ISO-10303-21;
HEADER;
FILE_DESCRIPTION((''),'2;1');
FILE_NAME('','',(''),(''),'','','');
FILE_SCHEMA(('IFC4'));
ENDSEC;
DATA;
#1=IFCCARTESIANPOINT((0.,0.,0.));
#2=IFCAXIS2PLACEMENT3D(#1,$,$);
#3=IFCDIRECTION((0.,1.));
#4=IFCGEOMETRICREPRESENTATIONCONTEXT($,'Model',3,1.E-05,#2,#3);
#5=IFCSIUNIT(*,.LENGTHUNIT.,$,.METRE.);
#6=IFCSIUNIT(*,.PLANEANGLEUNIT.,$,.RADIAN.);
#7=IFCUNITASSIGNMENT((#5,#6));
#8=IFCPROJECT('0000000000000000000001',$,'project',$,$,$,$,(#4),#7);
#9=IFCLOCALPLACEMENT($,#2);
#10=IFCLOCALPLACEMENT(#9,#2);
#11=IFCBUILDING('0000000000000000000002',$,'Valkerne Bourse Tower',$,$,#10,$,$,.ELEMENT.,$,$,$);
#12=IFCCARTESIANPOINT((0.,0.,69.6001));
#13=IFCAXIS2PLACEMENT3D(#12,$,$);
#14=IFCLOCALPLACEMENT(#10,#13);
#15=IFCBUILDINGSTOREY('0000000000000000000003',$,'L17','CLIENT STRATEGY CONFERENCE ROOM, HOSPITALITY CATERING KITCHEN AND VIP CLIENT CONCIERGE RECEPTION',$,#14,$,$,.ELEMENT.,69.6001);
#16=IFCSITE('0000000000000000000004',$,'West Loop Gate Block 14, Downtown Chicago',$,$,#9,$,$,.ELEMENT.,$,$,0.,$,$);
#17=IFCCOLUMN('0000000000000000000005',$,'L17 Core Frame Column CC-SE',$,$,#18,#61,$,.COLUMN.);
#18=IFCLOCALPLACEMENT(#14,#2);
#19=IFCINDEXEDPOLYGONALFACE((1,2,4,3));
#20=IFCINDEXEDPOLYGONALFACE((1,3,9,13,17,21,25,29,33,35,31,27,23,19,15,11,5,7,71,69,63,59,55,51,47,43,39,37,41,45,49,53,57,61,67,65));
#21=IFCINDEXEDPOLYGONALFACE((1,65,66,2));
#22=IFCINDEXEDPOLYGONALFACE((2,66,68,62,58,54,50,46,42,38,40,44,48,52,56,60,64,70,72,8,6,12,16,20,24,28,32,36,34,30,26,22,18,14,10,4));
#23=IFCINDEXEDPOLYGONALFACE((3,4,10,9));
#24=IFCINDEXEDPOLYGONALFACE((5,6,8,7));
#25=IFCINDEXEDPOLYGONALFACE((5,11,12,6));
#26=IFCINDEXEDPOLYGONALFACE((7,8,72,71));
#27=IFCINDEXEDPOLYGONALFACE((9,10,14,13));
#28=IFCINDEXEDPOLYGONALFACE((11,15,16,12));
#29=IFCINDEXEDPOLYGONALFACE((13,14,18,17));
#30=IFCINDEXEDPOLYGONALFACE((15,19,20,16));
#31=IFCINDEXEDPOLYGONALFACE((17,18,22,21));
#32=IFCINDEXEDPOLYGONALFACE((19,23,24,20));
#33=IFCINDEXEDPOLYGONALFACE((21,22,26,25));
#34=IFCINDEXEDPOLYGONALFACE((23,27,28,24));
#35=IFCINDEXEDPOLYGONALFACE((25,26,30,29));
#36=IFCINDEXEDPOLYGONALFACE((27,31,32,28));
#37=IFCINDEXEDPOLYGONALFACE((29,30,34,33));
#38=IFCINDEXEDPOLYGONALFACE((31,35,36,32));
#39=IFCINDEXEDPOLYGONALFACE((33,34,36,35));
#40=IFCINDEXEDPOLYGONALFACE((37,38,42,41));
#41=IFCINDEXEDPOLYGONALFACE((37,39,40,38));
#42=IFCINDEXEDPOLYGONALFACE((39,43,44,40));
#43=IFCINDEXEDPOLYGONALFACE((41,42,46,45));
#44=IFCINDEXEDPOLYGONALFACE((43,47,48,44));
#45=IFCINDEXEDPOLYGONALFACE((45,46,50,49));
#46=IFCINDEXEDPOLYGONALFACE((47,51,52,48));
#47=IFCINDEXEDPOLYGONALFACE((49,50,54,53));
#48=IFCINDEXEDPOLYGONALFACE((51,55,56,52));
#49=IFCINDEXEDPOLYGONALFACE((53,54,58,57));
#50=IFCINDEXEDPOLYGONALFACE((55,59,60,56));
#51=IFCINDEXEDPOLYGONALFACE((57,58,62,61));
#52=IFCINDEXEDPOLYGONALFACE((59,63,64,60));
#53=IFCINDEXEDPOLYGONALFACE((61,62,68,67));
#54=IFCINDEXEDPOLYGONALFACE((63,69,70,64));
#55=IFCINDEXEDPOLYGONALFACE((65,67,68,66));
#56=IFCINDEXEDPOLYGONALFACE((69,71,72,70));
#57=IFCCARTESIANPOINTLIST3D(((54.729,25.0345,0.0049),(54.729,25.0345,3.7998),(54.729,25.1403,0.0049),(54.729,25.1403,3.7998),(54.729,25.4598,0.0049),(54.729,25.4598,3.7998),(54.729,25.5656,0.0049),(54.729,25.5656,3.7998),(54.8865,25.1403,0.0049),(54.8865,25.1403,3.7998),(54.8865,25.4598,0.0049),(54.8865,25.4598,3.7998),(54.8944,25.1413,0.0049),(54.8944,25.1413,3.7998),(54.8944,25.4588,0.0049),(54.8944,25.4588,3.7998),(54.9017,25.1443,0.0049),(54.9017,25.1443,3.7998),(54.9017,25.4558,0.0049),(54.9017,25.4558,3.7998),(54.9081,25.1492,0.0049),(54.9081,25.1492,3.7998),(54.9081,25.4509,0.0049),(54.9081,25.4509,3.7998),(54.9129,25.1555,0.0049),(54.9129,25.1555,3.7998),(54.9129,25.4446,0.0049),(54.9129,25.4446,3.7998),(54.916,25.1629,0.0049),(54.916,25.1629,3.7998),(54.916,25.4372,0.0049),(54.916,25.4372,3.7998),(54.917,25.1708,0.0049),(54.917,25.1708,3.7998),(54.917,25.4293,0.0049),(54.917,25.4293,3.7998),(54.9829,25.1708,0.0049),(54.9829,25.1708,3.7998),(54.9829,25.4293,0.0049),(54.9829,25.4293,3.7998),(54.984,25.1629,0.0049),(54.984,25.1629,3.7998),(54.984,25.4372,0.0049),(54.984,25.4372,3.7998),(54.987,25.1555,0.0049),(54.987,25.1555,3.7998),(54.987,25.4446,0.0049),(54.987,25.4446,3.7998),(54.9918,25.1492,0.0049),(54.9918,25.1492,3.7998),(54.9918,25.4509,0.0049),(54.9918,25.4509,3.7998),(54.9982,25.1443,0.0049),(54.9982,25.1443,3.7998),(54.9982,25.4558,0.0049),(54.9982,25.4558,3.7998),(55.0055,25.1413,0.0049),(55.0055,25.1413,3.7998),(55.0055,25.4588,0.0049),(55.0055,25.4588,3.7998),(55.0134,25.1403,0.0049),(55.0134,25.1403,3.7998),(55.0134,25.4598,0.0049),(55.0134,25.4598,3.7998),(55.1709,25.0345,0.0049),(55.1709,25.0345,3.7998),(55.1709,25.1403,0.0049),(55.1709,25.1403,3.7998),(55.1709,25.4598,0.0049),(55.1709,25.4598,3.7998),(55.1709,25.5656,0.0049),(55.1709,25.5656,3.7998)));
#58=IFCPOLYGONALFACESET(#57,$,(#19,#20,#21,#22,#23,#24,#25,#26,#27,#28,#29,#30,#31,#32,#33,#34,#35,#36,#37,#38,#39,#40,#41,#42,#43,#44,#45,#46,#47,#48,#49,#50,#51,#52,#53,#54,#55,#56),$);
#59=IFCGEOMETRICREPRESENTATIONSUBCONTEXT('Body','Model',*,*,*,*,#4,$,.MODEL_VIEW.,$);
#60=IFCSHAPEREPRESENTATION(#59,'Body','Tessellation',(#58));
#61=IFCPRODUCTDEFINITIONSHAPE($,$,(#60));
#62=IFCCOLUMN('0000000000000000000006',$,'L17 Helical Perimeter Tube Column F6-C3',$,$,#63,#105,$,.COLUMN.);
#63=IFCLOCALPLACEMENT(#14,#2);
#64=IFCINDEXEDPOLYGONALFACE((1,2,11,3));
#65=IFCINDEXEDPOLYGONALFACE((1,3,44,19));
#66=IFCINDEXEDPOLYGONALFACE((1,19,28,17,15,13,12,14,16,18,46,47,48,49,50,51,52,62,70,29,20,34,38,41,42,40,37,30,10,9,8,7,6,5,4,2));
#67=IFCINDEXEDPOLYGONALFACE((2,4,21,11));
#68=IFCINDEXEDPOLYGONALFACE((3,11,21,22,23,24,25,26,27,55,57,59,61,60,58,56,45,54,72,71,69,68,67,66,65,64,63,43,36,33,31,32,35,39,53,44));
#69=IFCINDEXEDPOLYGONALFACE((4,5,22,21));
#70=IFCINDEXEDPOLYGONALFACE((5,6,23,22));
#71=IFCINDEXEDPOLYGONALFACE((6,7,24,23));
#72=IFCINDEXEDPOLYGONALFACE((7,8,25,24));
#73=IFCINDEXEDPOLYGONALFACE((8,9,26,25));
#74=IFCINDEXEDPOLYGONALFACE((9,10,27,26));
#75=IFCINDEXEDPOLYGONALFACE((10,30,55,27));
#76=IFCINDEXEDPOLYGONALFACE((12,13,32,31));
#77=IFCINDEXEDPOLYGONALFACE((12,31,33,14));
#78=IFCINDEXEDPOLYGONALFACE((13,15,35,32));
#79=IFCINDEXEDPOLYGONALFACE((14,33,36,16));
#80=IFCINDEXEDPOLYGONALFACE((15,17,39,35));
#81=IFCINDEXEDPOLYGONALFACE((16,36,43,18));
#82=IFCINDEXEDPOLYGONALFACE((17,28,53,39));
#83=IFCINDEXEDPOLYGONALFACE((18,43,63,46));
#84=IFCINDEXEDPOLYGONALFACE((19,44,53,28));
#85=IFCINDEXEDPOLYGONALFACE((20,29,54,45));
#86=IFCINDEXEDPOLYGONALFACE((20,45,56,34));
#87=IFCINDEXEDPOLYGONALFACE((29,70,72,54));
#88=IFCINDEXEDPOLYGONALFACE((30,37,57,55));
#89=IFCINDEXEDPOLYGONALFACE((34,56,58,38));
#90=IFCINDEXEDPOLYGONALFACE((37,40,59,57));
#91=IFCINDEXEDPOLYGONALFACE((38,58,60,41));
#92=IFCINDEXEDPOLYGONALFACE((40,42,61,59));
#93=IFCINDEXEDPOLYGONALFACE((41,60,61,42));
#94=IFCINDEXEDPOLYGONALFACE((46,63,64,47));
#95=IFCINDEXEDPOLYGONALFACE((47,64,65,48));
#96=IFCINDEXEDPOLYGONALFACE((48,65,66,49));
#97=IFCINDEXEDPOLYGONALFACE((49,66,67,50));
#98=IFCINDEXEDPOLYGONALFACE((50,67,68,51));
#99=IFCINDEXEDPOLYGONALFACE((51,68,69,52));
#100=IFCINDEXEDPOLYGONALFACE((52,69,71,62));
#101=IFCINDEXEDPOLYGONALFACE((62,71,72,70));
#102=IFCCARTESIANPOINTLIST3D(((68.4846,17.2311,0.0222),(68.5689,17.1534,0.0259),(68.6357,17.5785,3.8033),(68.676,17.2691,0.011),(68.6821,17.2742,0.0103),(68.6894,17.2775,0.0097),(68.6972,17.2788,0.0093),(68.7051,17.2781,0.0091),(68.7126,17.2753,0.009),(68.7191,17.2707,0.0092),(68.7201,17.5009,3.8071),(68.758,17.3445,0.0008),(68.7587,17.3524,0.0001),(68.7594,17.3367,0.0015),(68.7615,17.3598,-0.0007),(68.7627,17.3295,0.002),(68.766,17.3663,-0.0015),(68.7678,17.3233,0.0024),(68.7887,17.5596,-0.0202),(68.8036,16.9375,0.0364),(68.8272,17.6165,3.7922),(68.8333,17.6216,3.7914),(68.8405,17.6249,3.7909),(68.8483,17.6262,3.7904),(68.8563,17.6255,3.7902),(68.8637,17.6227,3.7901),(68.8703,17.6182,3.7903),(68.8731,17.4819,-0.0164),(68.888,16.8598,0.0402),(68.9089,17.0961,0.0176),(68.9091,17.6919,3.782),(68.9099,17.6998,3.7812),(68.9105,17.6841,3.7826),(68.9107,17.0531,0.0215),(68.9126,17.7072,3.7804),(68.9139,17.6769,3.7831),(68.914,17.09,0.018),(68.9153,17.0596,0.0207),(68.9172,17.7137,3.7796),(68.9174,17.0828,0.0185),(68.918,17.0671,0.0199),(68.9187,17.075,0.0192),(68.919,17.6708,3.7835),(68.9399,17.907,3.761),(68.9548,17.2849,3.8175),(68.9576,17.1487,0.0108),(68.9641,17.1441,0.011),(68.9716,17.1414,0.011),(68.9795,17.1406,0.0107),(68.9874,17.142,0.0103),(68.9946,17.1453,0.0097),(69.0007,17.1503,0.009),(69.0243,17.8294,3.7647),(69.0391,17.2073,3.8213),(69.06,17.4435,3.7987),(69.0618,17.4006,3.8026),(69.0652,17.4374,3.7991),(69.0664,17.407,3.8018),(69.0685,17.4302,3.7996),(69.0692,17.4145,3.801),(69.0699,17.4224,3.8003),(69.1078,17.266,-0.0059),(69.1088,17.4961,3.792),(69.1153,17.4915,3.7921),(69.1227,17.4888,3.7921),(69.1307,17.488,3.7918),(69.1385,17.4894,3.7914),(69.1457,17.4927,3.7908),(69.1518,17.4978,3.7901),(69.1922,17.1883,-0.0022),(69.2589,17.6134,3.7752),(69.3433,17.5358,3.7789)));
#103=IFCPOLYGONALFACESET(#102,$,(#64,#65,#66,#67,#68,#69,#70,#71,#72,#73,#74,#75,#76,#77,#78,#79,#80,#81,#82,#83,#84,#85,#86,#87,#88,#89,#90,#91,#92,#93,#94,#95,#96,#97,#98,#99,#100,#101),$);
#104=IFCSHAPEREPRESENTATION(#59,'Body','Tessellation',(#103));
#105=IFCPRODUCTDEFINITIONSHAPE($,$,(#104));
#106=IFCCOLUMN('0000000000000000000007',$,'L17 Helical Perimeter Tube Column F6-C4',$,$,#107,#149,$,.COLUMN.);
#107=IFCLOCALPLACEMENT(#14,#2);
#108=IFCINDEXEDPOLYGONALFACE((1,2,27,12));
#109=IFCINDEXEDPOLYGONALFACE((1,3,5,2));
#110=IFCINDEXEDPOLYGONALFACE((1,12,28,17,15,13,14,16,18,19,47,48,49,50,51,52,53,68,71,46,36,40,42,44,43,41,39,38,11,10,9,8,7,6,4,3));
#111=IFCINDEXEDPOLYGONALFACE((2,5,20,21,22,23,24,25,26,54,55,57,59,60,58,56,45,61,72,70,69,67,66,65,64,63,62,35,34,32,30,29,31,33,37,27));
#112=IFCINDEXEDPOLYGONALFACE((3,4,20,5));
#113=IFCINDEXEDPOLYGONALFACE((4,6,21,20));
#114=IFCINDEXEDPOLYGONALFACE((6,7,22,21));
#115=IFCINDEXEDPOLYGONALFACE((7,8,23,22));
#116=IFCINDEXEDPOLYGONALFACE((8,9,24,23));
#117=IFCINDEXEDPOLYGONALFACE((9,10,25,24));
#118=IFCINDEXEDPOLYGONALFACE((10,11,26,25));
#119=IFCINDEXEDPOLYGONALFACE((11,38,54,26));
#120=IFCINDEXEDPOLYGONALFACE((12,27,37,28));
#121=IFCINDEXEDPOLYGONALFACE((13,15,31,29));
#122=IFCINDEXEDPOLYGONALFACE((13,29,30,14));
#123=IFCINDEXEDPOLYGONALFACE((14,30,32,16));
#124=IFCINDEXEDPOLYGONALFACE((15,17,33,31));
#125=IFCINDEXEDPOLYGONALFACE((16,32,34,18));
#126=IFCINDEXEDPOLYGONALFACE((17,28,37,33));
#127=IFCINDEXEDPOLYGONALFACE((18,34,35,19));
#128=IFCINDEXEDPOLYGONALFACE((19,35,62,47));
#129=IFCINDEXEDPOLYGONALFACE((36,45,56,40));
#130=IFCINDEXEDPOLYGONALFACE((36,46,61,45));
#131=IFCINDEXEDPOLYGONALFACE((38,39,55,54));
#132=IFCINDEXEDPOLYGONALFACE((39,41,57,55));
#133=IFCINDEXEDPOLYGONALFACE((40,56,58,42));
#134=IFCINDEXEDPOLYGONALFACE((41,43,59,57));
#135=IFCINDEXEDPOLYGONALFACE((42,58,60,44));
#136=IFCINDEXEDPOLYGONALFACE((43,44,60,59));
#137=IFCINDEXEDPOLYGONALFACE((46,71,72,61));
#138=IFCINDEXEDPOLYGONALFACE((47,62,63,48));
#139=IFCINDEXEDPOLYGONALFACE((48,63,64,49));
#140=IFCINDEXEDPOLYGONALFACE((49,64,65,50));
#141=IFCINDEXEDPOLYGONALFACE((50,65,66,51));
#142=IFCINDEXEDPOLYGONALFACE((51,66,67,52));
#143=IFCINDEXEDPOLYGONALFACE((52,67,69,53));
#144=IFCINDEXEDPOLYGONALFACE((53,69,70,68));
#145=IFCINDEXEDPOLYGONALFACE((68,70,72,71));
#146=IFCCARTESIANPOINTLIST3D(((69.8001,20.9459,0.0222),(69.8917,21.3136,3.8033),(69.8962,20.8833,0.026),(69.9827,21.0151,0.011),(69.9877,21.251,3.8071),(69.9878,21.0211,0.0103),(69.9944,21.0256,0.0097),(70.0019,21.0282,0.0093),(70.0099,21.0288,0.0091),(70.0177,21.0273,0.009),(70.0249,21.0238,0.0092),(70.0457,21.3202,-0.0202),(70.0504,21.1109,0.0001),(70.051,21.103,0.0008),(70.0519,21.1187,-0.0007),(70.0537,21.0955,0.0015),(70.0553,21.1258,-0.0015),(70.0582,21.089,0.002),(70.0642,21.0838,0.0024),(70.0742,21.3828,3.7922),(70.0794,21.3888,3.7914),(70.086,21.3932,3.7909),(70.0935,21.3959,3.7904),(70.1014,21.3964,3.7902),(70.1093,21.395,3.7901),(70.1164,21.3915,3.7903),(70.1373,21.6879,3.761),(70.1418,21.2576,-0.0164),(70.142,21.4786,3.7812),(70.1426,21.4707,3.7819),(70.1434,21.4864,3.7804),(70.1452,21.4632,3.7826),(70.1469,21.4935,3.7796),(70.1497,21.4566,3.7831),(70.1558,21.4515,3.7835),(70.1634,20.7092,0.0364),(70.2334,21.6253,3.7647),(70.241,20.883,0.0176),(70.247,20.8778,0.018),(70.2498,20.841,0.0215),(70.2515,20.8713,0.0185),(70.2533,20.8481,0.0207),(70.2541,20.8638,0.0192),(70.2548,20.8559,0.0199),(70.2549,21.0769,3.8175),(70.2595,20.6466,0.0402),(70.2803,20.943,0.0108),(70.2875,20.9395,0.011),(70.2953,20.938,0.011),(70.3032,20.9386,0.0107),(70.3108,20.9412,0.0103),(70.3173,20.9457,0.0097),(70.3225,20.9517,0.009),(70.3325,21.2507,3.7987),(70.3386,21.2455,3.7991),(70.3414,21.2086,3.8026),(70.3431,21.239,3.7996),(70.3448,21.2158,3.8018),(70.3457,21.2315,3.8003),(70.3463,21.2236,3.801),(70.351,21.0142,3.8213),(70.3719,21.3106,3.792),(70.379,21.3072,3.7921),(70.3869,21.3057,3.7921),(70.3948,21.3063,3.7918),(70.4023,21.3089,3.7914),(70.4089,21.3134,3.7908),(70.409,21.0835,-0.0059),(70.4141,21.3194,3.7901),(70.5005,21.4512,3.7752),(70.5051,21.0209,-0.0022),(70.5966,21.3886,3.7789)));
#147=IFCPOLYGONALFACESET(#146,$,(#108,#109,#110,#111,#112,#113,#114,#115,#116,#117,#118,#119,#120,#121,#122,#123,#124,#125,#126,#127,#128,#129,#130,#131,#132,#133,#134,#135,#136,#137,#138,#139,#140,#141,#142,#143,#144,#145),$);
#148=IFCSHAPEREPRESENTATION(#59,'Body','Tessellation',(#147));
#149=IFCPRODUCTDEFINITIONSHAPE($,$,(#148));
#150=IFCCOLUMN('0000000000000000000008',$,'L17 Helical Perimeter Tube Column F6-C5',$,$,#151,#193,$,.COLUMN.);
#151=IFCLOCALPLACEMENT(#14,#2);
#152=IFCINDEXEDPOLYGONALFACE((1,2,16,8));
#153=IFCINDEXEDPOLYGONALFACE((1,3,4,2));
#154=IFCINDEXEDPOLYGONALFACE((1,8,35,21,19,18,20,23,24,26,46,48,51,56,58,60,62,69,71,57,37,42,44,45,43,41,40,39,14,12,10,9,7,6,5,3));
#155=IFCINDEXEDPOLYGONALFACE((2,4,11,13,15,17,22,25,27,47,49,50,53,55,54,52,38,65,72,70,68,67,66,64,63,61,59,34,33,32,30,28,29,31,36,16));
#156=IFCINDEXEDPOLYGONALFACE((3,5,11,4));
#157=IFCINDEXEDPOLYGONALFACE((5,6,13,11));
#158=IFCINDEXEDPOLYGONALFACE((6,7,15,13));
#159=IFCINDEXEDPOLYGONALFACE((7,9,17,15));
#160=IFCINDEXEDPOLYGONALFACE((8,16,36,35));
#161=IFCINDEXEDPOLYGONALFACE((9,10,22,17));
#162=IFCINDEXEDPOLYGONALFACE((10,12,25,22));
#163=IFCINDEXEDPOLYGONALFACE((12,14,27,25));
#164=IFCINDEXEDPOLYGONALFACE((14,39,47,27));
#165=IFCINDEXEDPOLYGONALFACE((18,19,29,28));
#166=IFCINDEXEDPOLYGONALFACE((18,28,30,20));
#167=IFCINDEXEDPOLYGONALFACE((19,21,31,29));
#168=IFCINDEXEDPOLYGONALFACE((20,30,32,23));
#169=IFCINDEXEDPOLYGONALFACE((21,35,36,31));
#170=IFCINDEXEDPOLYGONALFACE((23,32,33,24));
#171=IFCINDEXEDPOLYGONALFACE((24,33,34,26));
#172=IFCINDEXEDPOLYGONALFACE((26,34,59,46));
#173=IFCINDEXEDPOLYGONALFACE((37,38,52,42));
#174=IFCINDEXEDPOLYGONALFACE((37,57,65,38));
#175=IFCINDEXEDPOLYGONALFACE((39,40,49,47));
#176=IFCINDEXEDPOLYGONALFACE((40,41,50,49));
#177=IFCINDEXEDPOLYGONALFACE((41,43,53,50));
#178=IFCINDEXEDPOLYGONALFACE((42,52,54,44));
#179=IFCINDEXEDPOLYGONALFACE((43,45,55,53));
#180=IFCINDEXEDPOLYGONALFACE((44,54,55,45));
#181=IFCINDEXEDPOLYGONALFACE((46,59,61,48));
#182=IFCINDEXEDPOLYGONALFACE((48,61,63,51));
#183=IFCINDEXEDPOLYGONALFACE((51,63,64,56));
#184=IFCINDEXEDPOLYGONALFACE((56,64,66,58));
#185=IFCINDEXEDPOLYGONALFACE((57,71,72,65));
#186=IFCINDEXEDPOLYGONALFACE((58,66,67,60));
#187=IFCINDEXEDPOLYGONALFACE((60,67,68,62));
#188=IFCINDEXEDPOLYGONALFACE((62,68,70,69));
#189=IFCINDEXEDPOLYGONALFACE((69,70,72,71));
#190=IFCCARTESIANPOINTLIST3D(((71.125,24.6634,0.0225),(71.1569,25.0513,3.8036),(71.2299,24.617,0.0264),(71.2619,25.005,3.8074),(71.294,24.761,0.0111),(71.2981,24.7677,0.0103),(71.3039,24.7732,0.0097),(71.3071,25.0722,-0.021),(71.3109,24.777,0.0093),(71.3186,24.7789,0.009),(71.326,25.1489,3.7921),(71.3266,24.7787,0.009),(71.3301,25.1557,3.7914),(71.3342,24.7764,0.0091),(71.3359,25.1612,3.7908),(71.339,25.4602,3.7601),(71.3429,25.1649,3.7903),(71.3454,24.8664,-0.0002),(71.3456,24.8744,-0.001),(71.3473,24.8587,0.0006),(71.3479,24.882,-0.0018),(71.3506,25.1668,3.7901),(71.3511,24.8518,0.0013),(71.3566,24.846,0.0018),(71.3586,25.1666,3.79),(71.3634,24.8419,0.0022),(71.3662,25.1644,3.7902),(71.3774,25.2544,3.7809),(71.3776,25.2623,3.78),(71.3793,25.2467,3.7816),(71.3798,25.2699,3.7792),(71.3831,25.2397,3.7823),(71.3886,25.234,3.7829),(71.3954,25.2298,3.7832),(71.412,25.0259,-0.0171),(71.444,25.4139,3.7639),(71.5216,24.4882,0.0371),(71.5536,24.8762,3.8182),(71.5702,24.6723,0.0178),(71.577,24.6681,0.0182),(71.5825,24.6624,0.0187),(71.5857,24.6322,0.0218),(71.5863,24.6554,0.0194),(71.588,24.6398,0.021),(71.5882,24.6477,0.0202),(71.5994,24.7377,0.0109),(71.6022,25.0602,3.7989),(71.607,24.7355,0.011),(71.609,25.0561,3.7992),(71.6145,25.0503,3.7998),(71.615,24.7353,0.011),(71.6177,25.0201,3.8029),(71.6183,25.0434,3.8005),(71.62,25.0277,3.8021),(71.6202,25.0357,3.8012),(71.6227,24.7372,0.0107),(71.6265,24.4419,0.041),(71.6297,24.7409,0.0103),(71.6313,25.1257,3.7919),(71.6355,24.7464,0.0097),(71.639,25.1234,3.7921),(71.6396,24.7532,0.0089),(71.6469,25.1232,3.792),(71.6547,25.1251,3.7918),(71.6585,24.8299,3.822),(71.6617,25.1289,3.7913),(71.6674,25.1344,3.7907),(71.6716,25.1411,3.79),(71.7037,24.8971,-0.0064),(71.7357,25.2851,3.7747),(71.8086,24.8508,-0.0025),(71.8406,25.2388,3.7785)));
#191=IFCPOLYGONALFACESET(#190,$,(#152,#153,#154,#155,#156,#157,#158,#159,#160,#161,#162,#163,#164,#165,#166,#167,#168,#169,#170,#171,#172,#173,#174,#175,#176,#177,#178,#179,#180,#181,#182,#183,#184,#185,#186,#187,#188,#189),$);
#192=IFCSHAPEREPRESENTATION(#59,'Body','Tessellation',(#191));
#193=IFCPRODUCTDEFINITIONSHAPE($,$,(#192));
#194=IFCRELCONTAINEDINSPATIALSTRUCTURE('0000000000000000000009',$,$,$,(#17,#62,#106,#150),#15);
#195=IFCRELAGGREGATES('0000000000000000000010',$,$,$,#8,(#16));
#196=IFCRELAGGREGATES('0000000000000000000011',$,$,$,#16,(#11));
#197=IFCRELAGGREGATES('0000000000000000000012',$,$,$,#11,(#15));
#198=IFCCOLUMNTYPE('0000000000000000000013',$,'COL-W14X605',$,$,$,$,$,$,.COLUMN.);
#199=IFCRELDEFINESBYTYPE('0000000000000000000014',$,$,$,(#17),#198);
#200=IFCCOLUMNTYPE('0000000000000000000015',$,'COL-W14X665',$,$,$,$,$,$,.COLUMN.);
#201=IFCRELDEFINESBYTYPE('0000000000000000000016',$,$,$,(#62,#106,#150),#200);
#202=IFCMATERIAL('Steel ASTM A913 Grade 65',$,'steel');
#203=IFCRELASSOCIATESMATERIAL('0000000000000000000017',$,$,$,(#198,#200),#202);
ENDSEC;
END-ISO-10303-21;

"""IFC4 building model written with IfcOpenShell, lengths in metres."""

from ifc_helpers import new_model, si_unit, direction, frame, origin, origin_2d, place, context, subcontext, project, spatial, i_section, extrude, material, material_profile, profile_set, type_object, element, save


model = new_model("IFC4")

# Units and contexts
model_context = context("Model", 3, precision=1e-05, world=origin(), true_north=direction((0.0, 1.0)))
body_context = subcontext(model_context, "Body", "Model", "MODEL_VIEW")
ifc_project = project(units=[si_unit("LENGTHUNIT", "METRE"), si_unit("PLANEANGLEUNIT", "RADIAN")], contexts=[model_context])

# Site, building, storey
site_placement = place(None, origin())
site = spatial("IfcSite", under=ifc_project, at=site_placement, Name="West Loop Gate Block 14, Downtown Chicago", CompositionType="ELEMENT", RefElevation=0.0)
building_placement = place(site_placement, origin())
building = spatial("IfcBuilding", under=site, at=building_placement, Name="Valkerne Bourse Tower", CompositionType="ELEMENT")
storey_placement = place(building_placement, frame((0.0, 0.0, 69.6001)))
storey = spatial("IfcBuildingStorey", under=building, at=storey_placement, Name="L17", Description="CLIENT STRATEGY CONFERENCE ROOM, HOSPITALITY CATERING KITCHEN AND VIP CLIENT CONCIERGE RECEPTION", CompositionType="ELEMENT", Elevation=69.6001)

# Columns
ifc_material_1 = material(Name="Steel ASTM A913 Grade 65", Category="steel")
ifc_material_profile_1 = material_profile(ifc_material_1, i_section(OverallWidth=0.4419, OverallDepth=0.531, WebThickness=0.0659, FlangeThickness=0.1057, FilletRadius=0.0305, at=origin_2d()), Name="W14X605")
ifc_profile_set_1 = profile_set([ifc_material_profile_1], Name="Steel ASTM A913 Grade 65")
column_type_1 = type_object("IfcColumnType", Name="COL-W14X605", PredefinedType="COLUMN", material=ifc_profile_set_1)
column_1_placement = place(storey_placement, frame((54.95, 25.3, 0.0049), z_axis=(0.0, 0.0, 1.0), x_axis=(1.0, 0.0, 0.0)))
element("IfcColumn", 1, at=column_1_placement, inside=storey, type_object=column_type_1, Name="L17 Core Frame Column CC-SE", PredefinedType="COLUMN", context=body_context, shape_type="SweptSolid", body=[
    extrude(i_section(OverallWidth=0.4419, OverallDepth=0.531, WebThickness=0.0659, FlangeThickness=0.1057, FilletRadius=0.0305, at=origin_2d()), origin(), (0.0, 0.0, 1.0), 3.7949),
])
ifc_material_profile_2 = material_profile(ifc_material_1, i_section(OverallWidth=0.4497, OverallDepth=0.5486, WebThickness=0.072, FlangeThickness=0.1147, FilletRadius=0.0305, at=origin_2d()), Name="W14X665")
ifc_profile_set_2 = profile_set([ifc_material_profile_2], Name="Steel ASTM A913 Grade 65")
column_type_2 = type_object("IfcColumnType", Name="COL-W14X665", PredefinedType="COLUMN", material=ifc_profile_set_2)
for number, where, z_axis, x_axis, name in (
    (2, (68.8384, 17.2097, 0.01), (0.03977, 0.091426, 0.995017), (-0.676396, -0.730495, 0.094155), "L17 Helical Perimeter Tube Column F6-C3"),
    (3, (70.1526, 20.9834, 0.01), (0.024093, 0.096758, 0.995016), (-0.546171, -0.832364, 0.094166), "L17 Helical Perimeter Tube Column F6-C4"),
):
    element("IfcColumn", number, at=place(storey_placement, frame(where, z_axis=z_axis, x_axis=x_axis)), inside=storey, type_object=column_type_2, Name=name, PredefinedType="COLUMN", context=body_context, shape_type="SweptSolid", body=[
        extrude(i_section(OverallWidth=0.4497, OverallDepth=0.5486, WebThickness=0.072, FlangeThickness=0.1147, FilletRadius=0.0305, at=origin_2d()), origin(), (0.0, 0.0, 1.0), 3.8),
    ])
column_2_placement = place(storey_placement, frame((71.4668, 24.7571, 0.01), z_axis=(0.008414, 0.102063, 0.994742), x_axis=(-0.40494, -0.909214, 0.096713)))
element("IfcColumn", 4, at=column_2_placement, inside=storey, type_object=column_type_2, Name="L17 Helical Perimeter Tube Column F6-C5", PredefinedType="COLUMN", context=body_context, shape_type="SweptSolid", body=[
    extrude(i_section(OverallWidth=0.4497, OverallDepth=0.5486, WebThickness=0.072, FlangeThickness=0.1147, FilletRadius=0.0305, at=origin_2d()), origin(), (0.0, 0.0, 1.0), 3.801),
])

save(model, "model.ifc")
